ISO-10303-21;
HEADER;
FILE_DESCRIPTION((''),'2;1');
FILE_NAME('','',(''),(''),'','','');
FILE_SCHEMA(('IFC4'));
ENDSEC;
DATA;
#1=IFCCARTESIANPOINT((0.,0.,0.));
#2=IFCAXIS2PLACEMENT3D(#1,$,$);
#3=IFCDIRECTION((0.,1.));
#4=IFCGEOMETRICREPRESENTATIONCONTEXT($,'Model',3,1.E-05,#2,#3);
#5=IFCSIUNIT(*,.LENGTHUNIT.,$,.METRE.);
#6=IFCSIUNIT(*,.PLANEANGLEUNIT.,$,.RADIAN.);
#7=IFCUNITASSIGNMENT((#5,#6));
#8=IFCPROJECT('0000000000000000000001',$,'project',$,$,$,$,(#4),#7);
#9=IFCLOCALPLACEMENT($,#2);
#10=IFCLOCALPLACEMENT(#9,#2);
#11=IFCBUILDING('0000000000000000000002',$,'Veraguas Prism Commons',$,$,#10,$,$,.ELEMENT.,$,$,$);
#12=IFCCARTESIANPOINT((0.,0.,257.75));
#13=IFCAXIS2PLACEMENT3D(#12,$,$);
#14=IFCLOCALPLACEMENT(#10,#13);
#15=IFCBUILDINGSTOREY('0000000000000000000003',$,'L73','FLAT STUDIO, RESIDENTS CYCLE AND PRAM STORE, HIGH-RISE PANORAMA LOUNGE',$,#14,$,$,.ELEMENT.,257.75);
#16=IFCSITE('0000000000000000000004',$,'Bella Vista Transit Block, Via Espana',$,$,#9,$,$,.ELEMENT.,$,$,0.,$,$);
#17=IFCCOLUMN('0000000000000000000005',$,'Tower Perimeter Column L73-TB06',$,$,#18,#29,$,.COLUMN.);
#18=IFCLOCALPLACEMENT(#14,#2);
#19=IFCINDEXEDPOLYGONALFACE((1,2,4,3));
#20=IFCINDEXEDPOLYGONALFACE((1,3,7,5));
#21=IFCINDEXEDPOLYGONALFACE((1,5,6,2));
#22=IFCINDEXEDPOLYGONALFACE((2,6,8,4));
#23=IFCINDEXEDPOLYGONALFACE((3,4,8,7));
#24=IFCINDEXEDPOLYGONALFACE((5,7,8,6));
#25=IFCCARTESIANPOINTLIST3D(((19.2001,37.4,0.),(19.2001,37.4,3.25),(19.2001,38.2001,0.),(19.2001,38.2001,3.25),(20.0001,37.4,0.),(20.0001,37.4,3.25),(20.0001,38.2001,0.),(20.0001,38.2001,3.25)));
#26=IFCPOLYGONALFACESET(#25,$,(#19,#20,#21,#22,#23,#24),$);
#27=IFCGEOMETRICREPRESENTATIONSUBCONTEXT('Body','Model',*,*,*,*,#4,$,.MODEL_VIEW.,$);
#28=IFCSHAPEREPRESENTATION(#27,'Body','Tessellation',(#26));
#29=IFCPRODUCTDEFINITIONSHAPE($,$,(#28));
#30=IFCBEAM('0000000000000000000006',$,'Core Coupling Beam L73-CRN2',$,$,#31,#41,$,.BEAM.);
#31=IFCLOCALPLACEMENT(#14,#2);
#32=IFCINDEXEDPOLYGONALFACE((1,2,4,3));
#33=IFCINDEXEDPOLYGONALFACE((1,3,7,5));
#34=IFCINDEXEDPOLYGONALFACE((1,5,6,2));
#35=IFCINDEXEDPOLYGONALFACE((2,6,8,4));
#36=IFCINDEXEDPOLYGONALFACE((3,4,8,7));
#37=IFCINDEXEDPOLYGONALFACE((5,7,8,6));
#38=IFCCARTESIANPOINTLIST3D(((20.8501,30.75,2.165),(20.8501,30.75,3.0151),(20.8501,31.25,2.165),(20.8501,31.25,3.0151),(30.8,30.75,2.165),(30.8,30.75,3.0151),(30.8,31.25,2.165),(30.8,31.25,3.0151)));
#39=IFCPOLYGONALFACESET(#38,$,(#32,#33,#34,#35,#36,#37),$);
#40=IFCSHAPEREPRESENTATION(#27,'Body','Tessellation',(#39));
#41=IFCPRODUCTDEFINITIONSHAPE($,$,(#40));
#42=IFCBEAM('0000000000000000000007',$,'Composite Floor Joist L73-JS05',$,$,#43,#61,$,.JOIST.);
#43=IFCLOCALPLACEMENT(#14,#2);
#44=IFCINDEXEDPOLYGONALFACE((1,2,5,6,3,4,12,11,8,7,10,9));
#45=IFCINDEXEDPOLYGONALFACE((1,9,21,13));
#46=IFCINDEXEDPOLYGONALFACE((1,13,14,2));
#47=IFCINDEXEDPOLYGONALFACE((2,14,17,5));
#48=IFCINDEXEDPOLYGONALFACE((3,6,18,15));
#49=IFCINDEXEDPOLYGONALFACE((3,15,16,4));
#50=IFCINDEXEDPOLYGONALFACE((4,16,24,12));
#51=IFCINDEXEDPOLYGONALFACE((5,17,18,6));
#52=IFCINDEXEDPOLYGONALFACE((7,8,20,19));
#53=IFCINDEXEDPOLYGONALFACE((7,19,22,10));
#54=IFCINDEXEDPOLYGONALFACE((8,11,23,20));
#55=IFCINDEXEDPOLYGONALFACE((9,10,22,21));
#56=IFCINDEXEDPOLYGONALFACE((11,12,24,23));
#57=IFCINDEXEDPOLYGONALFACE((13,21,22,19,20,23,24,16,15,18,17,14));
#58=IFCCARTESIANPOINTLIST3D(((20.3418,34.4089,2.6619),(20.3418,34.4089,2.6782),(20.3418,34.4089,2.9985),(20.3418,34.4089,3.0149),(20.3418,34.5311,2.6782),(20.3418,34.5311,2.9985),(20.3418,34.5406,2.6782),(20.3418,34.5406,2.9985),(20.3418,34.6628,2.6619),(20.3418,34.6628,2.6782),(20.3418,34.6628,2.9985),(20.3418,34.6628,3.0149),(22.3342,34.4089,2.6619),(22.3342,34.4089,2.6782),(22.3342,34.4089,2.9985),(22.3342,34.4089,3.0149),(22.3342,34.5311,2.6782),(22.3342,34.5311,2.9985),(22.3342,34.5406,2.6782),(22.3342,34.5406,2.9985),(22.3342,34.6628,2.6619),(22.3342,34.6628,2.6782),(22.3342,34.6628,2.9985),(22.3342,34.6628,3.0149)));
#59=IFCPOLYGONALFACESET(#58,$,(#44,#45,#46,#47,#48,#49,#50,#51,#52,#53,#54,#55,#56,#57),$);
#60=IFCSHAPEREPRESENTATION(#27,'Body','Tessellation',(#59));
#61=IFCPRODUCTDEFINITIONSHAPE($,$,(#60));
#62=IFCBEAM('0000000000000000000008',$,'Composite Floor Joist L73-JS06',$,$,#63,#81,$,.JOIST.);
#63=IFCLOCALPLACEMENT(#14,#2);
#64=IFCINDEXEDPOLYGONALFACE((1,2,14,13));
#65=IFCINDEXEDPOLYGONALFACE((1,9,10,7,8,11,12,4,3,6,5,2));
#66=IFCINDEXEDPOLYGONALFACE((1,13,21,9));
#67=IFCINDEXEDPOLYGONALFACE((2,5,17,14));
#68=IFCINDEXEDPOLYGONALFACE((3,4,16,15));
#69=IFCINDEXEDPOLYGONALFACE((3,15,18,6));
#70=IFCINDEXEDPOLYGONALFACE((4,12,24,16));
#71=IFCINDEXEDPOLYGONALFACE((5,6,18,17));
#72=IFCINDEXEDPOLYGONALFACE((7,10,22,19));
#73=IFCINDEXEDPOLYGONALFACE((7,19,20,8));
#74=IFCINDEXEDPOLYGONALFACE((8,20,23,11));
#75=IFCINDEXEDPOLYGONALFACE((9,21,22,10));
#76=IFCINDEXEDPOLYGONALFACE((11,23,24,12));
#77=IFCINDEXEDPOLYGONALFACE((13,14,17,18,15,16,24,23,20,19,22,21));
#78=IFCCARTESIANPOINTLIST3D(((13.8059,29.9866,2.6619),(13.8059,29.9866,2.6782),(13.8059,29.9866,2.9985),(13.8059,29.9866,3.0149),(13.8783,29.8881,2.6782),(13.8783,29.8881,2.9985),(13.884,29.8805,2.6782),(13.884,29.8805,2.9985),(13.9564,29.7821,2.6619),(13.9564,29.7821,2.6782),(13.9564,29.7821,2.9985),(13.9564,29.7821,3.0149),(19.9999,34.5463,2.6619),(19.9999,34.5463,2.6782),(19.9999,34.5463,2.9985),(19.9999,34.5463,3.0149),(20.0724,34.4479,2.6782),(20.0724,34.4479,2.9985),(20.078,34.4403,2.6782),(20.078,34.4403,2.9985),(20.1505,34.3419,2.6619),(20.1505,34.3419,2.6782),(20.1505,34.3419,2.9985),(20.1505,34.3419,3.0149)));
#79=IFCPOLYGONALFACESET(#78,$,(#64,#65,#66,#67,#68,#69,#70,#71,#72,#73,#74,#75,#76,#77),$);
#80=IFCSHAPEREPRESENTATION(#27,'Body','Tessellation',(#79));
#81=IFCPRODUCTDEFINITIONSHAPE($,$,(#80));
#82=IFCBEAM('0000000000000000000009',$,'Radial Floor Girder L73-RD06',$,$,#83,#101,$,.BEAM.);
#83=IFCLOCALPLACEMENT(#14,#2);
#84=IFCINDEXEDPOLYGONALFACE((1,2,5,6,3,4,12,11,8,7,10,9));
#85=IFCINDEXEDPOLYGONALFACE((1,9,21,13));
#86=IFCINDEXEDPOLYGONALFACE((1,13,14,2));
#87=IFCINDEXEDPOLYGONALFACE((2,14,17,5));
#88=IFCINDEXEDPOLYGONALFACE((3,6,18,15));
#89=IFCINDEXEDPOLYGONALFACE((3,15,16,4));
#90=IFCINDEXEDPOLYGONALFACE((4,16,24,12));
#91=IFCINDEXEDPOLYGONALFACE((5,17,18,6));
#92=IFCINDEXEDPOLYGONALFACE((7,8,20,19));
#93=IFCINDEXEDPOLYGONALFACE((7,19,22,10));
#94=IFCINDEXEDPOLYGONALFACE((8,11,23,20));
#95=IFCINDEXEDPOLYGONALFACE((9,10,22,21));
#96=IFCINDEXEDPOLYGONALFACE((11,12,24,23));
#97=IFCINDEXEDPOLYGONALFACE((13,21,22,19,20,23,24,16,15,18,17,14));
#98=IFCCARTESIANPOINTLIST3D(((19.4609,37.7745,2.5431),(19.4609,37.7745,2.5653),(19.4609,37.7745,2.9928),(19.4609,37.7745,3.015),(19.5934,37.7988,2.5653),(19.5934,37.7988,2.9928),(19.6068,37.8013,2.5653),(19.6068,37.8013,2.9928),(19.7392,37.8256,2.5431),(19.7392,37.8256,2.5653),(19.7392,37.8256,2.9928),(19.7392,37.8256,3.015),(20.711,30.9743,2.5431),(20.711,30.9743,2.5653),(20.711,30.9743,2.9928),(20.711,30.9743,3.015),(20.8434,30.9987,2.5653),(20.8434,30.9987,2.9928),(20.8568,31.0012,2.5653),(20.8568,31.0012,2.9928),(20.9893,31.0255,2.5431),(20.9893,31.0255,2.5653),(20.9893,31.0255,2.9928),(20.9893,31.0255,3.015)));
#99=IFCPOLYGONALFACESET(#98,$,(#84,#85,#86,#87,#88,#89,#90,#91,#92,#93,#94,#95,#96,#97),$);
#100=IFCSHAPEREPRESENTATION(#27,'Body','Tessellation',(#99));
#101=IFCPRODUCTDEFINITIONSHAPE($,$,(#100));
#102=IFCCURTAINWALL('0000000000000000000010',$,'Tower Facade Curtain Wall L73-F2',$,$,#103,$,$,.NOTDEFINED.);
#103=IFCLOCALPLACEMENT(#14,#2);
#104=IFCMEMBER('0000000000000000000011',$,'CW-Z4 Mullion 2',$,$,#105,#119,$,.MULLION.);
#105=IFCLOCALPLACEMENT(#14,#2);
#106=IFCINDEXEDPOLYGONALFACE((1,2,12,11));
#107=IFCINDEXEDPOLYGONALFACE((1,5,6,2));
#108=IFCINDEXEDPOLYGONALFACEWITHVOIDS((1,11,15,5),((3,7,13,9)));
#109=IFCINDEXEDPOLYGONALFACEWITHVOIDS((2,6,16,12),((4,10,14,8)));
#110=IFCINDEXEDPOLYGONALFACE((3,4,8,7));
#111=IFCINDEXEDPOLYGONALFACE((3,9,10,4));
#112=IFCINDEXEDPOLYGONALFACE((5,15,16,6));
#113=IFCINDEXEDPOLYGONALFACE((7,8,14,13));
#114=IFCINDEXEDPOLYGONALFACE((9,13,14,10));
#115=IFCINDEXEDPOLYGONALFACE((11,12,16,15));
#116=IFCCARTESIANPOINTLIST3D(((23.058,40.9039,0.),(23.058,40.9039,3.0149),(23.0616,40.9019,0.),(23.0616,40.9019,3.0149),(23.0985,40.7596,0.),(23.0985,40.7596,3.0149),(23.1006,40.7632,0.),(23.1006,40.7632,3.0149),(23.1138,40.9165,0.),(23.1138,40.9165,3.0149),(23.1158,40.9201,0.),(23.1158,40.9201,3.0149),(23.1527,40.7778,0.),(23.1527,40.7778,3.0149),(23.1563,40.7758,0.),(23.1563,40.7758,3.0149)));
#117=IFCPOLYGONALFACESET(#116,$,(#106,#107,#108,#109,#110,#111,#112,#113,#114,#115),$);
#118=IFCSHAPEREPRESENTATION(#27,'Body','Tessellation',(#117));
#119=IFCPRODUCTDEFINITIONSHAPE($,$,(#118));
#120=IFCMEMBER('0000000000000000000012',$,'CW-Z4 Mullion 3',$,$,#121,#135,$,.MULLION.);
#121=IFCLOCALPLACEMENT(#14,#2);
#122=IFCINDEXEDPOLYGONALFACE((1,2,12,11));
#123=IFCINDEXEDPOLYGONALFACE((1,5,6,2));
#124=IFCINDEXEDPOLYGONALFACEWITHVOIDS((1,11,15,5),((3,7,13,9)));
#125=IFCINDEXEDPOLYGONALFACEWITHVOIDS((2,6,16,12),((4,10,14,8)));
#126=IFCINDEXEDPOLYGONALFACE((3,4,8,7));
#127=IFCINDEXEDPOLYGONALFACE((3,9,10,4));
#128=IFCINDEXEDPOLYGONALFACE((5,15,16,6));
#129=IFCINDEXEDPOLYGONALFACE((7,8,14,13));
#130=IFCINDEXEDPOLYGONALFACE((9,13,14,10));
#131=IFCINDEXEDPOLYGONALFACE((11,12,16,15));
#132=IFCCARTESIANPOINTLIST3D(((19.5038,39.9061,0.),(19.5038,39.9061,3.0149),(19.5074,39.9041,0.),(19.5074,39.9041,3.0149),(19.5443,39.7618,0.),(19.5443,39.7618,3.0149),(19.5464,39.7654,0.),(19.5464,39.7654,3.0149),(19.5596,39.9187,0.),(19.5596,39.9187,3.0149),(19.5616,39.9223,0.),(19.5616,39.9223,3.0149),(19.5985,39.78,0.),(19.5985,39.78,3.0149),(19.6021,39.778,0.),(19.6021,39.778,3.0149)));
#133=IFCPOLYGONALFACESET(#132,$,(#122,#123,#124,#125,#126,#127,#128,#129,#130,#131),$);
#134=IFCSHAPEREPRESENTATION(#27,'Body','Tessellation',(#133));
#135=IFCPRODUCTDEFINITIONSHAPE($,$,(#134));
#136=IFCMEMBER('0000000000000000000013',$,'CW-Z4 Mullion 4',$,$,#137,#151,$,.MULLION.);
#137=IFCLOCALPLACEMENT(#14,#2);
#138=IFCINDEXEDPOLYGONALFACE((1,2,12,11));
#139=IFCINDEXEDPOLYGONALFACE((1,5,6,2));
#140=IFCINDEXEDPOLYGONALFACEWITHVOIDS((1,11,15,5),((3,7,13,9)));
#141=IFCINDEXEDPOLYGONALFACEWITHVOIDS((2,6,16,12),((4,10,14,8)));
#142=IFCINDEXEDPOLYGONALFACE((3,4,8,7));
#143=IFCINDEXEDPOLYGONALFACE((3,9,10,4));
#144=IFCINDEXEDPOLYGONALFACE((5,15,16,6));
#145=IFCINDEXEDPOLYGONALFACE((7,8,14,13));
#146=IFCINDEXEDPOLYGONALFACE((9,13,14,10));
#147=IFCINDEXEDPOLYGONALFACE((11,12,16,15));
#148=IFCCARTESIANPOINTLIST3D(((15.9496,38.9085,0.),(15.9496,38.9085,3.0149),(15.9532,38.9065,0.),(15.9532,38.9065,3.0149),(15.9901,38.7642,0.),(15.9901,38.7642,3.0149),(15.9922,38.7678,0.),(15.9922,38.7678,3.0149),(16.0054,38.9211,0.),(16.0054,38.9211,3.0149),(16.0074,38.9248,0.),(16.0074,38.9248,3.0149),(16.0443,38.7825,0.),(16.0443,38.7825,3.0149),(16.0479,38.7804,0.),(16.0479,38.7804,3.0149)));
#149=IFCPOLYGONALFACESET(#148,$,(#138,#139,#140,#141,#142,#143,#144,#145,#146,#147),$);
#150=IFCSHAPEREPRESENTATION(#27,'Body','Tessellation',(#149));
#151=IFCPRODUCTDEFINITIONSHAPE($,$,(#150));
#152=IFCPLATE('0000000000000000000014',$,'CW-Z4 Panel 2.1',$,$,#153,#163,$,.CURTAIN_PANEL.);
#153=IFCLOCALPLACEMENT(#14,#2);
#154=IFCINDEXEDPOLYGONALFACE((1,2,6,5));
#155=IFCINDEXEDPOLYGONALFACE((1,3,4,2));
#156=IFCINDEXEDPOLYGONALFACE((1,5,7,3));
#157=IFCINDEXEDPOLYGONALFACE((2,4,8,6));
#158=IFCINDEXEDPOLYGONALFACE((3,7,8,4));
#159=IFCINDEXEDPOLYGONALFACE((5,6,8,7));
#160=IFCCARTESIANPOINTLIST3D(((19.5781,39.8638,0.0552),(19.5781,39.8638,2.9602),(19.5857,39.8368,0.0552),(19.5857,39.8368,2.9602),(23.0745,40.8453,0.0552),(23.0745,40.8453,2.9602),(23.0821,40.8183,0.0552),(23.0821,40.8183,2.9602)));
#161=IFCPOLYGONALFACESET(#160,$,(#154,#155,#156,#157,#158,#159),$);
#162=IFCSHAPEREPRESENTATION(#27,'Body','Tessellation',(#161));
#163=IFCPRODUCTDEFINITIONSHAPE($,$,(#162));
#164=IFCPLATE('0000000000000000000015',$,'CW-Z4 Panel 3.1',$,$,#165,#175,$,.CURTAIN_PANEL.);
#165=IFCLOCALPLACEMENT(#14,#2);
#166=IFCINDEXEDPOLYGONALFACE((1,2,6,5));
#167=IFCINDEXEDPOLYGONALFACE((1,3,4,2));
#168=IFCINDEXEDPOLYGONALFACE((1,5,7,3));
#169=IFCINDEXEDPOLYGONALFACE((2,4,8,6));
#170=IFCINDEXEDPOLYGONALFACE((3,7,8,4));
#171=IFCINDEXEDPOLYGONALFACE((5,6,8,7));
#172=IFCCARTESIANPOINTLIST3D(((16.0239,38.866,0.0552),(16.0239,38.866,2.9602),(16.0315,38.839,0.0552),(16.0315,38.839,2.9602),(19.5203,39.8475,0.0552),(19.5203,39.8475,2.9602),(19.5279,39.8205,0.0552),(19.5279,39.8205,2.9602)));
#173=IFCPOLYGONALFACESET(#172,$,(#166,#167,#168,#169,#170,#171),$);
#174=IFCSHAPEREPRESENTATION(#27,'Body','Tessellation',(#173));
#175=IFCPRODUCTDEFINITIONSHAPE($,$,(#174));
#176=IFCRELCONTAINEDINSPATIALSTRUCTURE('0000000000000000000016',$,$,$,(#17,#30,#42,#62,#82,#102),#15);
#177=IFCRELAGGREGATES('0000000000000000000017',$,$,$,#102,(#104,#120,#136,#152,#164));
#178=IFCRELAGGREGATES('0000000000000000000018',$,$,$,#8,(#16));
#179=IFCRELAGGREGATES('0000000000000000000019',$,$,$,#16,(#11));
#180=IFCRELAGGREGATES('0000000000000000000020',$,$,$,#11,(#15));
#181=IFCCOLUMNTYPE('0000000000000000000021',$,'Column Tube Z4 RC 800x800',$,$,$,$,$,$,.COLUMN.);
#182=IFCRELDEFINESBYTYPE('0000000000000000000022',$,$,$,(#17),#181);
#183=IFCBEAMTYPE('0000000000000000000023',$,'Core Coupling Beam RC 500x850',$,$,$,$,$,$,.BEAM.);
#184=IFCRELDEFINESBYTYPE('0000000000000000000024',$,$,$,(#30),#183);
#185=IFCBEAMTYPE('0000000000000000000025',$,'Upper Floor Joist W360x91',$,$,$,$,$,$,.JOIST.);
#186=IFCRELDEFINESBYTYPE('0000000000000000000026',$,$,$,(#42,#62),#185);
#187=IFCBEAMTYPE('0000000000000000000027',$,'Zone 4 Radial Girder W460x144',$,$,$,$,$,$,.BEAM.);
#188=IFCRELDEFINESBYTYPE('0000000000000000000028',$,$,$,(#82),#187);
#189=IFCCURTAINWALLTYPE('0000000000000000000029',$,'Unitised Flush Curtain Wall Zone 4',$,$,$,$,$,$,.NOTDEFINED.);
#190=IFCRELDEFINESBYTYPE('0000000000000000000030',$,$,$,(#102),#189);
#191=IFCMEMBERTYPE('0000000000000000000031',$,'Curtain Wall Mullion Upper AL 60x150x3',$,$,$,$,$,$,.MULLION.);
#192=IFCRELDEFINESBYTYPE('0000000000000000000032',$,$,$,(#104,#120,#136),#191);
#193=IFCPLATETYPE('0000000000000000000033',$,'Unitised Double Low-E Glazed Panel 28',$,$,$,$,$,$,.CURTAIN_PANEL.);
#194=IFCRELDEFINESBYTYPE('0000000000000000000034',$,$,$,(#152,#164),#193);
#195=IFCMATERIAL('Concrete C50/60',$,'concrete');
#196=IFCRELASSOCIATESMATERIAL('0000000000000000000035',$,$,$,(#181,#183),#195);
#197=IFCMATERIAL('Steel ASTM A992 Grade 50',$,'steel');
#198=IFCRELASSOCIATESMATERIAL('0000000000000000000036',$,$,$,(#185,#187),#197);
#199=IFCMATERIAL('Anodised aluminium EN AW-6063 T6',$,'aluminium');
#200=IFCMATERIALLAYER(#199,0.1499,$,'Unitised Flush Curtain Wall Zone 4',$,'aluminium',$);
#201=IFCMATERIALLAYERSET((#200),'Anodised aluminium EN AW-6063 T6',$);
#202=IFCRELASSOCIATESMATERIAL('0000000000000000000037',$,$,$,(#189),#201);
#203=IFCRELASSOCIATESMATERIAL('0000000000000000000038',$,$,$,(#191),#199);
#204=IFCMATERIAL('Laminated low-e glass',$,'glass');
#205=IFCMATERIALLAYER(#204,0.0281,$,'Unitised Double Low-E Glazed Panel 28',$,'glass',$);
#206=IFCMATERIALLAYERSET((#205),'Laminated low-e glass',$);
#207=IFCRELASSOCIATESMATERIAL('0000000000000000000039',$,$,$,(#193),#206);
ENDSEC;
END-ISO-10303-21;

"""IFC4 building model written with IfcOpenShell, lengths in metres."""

from ifc_helpers import new_model, si_unit, direction, frame, origin, origin_2d, place, context, subcontext, project, spatial, rectangle, hollow_rectangle, i_section, extrude, source, transform, mapped, material, layer, layer_set, material_profile, profile_set, type_object, element, aggregate, save


model = new_model("IFC4")

# Units and contexts
model_context = context("Model", 3, precision=1e-05, world=origin(), true_north=direction((0.0, 1.0)))
body_context = subcontext(model_context, "Body", "Model", "MODEL_VIEW")
ifc_project = project(units=[si_unit("LENGTHUNIT", "METRE"), si_unit("PLANEANGLEUNIT", "RADIAN")], contexts=[model_context])

# Site, building, storey
site_placement = place(None, origin())
site = spatial("IfcSite", under=ifc_project, at=site_placement, Name="Bella Vista Transit Block, Via Espana", CompositionType="ELEMENT", RefElevation=0.0)
building_placement = place(site_placement, origin())
building = spatial("IfcBuilding", under=site, at=building_placement, Name="Veraguas Prism Commons", CompositionType="ELEMENT")
storey_placement = place(building_placement, frame((0.0, 0.0, 257.75)))
storey = spatial("IfcBuildingStorey", under=building, at=storey_placement, Name="L73", Description="FLAT STUDIO, RESIDENTS CYCLE AND PRAM STORE, HIGH-RISE PANORAMA LOUNGE", CompositionType="ELEMENT", Elevation=257.75)

# Column
ifc_material_1 = material(Name="Concrete C50/60", Category="concrete")
ifc_material_profile_1 = material_profile(ifc_material_1, rectangle(XDim=0.8, YDim=0.8, at=origin_2d()), Name="RC800X800")
ifc_profile_set_1 = profile_set([ifc_material_profile_1], Name="Concrete C50/60")
column_type = type_object("IfcColumnType", Name="Column Tube Z4 RC 800x800", PredefinedType="COLUMN", material=ifc_profile_set_1)
column_placement = place(storey_placement, frame((19.6001, 37.8, 0.0), z_axis=(0.0, 0.0, 1.0), x_axis=(1.0, 0.0, 0.0)))
element("IfcColumn", 1, at=column_placement, inside=storey, type_object=column_type, Name="Tower Perimeter Column L73-TB06", PredefinedType="COLUMN", context=body_context, shape_type="SweptSolid", body=[
    extrude(rectangle(XDim=0.8, YDim=0.8, at=origin_2d()), origin(), (0.0, 0.0, 1.0), 3.25),
])

# Beams
ifc_material_profile_2 = material_profile(ifc_material_1, rectangle(XDim=0.5, YDim=0.8501, at=origin_2d()), Name="RC500X850")
ifc_profile_set_2 = profile_set([ifc_material_profile_2], Name="Concrete C50/60")
beam_type_1 = type_object("IfcBeamType", Name="Core Coupling Beam RC 500x850", PredefinedType="BEAM", material=ifc_profile_set_2)
beam_1_placement = place(storey_placement, frame((20.8501, 31.0, 2.5901), z_axis=(1.0, 0.0, 0.0), x_axis=(0.0, 1.0, 0.0)))
element("IfcBeam", 2, at=beam_1_placement, inside=storey, type_object=beam_type_1, Name="Core Coupling Beam L73-CRN2", PredefinedType="BEAM", context=body_context, shape_type="SweptSolid", body=[
    extrude(rectangle(XDim=0.5, YDim=0.8501, at=origin_2d()), origin(), (0.0, 0.0, 1.0), 9.95),
])
ifc_material_2 = material(Name="Steel ASTM A992 Grade 50", Category="steel")
ifc_material_profile_3 = material_profile(ifc_material_2, i_section(OverallWidth=0.2539, OverallDepth=0.353, WebThickness=0.0095, FlangeThickness=0.0164, at=origin_2d()), Name="W360X91")
ifc_profile_set_3 = profile_set([ifc_material_profile_3], Name="Steel ASTM A992 Grade 50")
beam_type_2 = type_object("IfcBeamType", Name="Upper Floor Joist W360x91", PredefinedType="JOIST", material=ifc_profile_set_3)
beam_2_placement = place(storey_placement, frame((22.3342, 34.5359, 2.8384), z_axis=(-1.0, 0.0, 0.0), x_axis=(0.0, -1.0, 0.0)))
element("IfcBeam", 3, at=beam_2_placement, inside=storey, type_object=beam_type_2, Name="Composite Floor Joist L73-JS05", PredefinedType="JOIST", context=body_context, shape_type="SweptSolid", body=[
    extrude(i_section(OverallWidth=0.2539, OverallDepth=0.353, WebThickness=0.0095, FlangeThickness=0.0164, at=origin_2d()), origin(), (0.0, 0.0, 1.0), 1.9924),
])
beam_3_placement = place(storey_placement, frame((20.0752, 34.4441, 2.8384), z_axis=(-0.80532, -0.592841, 0.0), x_axis=(0.592841, -0.80532, 0.0)))
element("IfcBeam", 4, at=beam_3_placement, inside=storey, type_object=beam_type_2, Name="Composite Floor Joist L73-JS06", PredefinedType="JOIST", context=body_context, shape_type="SweptSolid", body=[
    extrude(i_section(OverallWidth=0.2539, OverallDepth=0.353, WebThickness=0.0095, FlangeThickness=0.0164, at=origin_2d()), origin(), (0.0, 0.0, 1.0), 7.6914),
])
ifc_material_profile_4 = material_profile(ifc_material_2, i_section(OverallWidth=0.283, OverallDepth=0.4719, WebThickness=0.0137, FlangeThickness=0.0222, at=origin_2d()), Name="W460X144")
ifc_profile_set_4 = profile_set([ifc_material_profile_4], Name="Steel ASTM A992 Grade 50")
beam_type_3 = type_object("IfcBeamType", Name="Zone 4 Radial Girder W460x144", PredefinedType="BEAM", material=ifc_profile_set_4)
beam_4_placement = place(storey_placement, frame((19.6001, 37.8, 2.7791), z_axis=(0.180793, -0.983521, 0.0), x_axis=(0.983521, 0.180793, 0.0)))
element("IfcBeam", 5, at=beam_4_placement, inside=storey, type_object=beam_type_3, Name="Radial Floor Girder L73-RD06", PredefinedType="BEAM", context=body_context, shape_type="SweptSolid", body=[
    extrude(i_section(OverallWidth=0.283, OverallDepth=0.4719, WebThickness=0.0137, FlangeThickness=0.0222, at=origin_2d()), origin(), (0.0, 0.0, 1.0), 6.9141),
])

# Curtain wall, members, plates
ifc_material_3 = material(Name="Anodised aluminium EN AW-6063 T6", Category="aluminium")
ifc_layer_1 = layer(ifc_material_3, 0.1499, Name="Unitised Flush Curtain Wall Zone 4", Category="aluminium")
ifc_layer_set_1 = layer_set([ifc_layer_1], Name="Anodised aluminium EN AW-6063 T6")
curtain_wall_type = type_object("IfcCurtainWallType", Name="Unitised Flush Curtain Wall Zone 4", PredefinedType="NOTDEFINED", material=ifc_layer_set_1)
curtain_wall_placement = place(storey_placement, origin())
curtain_wall = element("IfcCurtainWall", 6, at=curtain_wall_placement, inside=storey, type_object=curtain_wall_type, Name="Tower Facade Curtain Wall L73-F2", PredefinedType="NOTDEFINED")
ifc_material_profile_5 = material_profile(ifc_material_3, hollow_rectangle(XDim=0.0601, YDim=0.1499, WallThickness=0.0029, at=origin_2d()), Name="AL60X150X3")
ifc_profile_set_5 = profile_set([ifc_material_profile_5], Name="Anodised aluminium EN AW-6063 T6")
member_type = type_object("IfcMemberType", Name="Curtain Wall Mullion Upper AL 60x150x3", PredefinedType="MULLION", material=ifc_profile_set_5)
shared_shape_1 = source(origin(), body_context, "Body", "SweptSolid", [
    extrude(hollow_rectangle(XDim=0.0601, YDim=0.1499, WallThickness=0.0029, at=origin_2d()), origin(), (0.0, 0.0, 1.0), 3.0149),
])
member_1_placement = place(storey_placement, frame((23.1072, 40.8398, 0.0), z_axis=(0.0, 0.0, 1.0), x_axis=(-0.962785, -0.270269, 0.0)))
member_1 = element("IfcMember", 7, at=member_1_placement, type_object=member_type, Name="CW-Z4 Mullion 2", PredefinedType="MULLION", context=body_context, shape_type="MappedRepresentation", body=[
    mapped(shared_shape_1, transform((0.0, 0.0, 0.0), scale=1.0)),
])
member_2_placement = place(storey_placement, frame((19.553, 39.842, 0.0), z_axis=(0.0, 0.0, 1.0), x_axis=(-0.962785, -0.270269, 0.0)))
member_2 = element("IfcMember", 8, at=member_2_placement, type_object=member_type, Name="CW-Z4 Mullion 3", PredefinedType="MULLION", context=body_context, shape_type="MappedRepresentation", body=[
    mapped(shared_shape_1, transform((0.0, 0.0, 0.0), scale=1.0)),
])
member_3_placement = place(storey_placement, frame((15.9988, 38.8445, 0.0), z_axis=(0.0, 0.0, 1.0), x_axis=(-0.962785, -0.270269, 0.0)))
member_3 = element("IfcMember", 9, at=member_3_placement, type_object=member_type, Name="CW-Z4 Mullion 4", PredefinedType="MULLION", context=body_context, shape_type="MappedRepresentation", body=[
    mapped(shared_shape_1, transform((0.0, 0.0, 0.0), scale=1.0)),
])
ifc_material_4 = material(Name="Laminated low-e glass", Category="glass")
ifc_layer_2 = layer(ifc_material_4, 0.0281, Name="Unitised Double Low-E Glazed Panel 28", Category="glass")
ifc_layer_set_2 = layer_set([ifc_layer_2], Name="Laminated low-e glass")
plate_type = type_object("IfcPlateType", Name="Unitised Double Low-E Glazed Panel 28", PredefinedType="CURTAIN_PANEL", material=ifc_layer_set_2)
shared_shape_2 = source(origin(), body_context, "Body", "SweptSolid", [
    extrude(rectangle(XDim=3.6316, YDim=0.0281, at=origin_2d()), origin(), (0.0, 0.0, 1.0), 2.905),
])
plate_1_placement = place(storey_placement, frame((21.3301, 40.3411, 0.0552), z_axis=(0.0, 0.0, 1.0), x_axis=(-0.962785, -0.270269, 0.0)))
plate_1 = element("IfcPlate", 10, at=plate_1_placement, type_object=plate_type, Name="CW-Z4 Panel 2.1", PredefinedType="CURTAIN_PANEL", context=body_context, shape_type="MappedRepresentation", body=[
    mapped(shared_shape_2, transform((0.0, 0.0, 0.0), scale=1.0)),
])
plate_2_placement = place(storey_placement, frame((17.7759, 39.3433, 0.0552), z_axis=(0.0, 0.0, 1.0), x_axis=(-0.962785, -0.270269, 0.0)))
plate_2 = element("IfcPlate", 11, at=plate_2_placement, type_object=plate_type, Name="CW-Z4 Panel 3.1", PredefinedType="CURTAIN_PANEL", context=body_context, shape_type="MappedRepresentation", body=[
    mapped(shared_shape_2, transform((0.0, 0.0, 0.0), scale=1.0)),
])
aggregate(curtain_wall, [member_1, member_2, member_3, plate_1, plate_2])

save(model, "model.ifc")
